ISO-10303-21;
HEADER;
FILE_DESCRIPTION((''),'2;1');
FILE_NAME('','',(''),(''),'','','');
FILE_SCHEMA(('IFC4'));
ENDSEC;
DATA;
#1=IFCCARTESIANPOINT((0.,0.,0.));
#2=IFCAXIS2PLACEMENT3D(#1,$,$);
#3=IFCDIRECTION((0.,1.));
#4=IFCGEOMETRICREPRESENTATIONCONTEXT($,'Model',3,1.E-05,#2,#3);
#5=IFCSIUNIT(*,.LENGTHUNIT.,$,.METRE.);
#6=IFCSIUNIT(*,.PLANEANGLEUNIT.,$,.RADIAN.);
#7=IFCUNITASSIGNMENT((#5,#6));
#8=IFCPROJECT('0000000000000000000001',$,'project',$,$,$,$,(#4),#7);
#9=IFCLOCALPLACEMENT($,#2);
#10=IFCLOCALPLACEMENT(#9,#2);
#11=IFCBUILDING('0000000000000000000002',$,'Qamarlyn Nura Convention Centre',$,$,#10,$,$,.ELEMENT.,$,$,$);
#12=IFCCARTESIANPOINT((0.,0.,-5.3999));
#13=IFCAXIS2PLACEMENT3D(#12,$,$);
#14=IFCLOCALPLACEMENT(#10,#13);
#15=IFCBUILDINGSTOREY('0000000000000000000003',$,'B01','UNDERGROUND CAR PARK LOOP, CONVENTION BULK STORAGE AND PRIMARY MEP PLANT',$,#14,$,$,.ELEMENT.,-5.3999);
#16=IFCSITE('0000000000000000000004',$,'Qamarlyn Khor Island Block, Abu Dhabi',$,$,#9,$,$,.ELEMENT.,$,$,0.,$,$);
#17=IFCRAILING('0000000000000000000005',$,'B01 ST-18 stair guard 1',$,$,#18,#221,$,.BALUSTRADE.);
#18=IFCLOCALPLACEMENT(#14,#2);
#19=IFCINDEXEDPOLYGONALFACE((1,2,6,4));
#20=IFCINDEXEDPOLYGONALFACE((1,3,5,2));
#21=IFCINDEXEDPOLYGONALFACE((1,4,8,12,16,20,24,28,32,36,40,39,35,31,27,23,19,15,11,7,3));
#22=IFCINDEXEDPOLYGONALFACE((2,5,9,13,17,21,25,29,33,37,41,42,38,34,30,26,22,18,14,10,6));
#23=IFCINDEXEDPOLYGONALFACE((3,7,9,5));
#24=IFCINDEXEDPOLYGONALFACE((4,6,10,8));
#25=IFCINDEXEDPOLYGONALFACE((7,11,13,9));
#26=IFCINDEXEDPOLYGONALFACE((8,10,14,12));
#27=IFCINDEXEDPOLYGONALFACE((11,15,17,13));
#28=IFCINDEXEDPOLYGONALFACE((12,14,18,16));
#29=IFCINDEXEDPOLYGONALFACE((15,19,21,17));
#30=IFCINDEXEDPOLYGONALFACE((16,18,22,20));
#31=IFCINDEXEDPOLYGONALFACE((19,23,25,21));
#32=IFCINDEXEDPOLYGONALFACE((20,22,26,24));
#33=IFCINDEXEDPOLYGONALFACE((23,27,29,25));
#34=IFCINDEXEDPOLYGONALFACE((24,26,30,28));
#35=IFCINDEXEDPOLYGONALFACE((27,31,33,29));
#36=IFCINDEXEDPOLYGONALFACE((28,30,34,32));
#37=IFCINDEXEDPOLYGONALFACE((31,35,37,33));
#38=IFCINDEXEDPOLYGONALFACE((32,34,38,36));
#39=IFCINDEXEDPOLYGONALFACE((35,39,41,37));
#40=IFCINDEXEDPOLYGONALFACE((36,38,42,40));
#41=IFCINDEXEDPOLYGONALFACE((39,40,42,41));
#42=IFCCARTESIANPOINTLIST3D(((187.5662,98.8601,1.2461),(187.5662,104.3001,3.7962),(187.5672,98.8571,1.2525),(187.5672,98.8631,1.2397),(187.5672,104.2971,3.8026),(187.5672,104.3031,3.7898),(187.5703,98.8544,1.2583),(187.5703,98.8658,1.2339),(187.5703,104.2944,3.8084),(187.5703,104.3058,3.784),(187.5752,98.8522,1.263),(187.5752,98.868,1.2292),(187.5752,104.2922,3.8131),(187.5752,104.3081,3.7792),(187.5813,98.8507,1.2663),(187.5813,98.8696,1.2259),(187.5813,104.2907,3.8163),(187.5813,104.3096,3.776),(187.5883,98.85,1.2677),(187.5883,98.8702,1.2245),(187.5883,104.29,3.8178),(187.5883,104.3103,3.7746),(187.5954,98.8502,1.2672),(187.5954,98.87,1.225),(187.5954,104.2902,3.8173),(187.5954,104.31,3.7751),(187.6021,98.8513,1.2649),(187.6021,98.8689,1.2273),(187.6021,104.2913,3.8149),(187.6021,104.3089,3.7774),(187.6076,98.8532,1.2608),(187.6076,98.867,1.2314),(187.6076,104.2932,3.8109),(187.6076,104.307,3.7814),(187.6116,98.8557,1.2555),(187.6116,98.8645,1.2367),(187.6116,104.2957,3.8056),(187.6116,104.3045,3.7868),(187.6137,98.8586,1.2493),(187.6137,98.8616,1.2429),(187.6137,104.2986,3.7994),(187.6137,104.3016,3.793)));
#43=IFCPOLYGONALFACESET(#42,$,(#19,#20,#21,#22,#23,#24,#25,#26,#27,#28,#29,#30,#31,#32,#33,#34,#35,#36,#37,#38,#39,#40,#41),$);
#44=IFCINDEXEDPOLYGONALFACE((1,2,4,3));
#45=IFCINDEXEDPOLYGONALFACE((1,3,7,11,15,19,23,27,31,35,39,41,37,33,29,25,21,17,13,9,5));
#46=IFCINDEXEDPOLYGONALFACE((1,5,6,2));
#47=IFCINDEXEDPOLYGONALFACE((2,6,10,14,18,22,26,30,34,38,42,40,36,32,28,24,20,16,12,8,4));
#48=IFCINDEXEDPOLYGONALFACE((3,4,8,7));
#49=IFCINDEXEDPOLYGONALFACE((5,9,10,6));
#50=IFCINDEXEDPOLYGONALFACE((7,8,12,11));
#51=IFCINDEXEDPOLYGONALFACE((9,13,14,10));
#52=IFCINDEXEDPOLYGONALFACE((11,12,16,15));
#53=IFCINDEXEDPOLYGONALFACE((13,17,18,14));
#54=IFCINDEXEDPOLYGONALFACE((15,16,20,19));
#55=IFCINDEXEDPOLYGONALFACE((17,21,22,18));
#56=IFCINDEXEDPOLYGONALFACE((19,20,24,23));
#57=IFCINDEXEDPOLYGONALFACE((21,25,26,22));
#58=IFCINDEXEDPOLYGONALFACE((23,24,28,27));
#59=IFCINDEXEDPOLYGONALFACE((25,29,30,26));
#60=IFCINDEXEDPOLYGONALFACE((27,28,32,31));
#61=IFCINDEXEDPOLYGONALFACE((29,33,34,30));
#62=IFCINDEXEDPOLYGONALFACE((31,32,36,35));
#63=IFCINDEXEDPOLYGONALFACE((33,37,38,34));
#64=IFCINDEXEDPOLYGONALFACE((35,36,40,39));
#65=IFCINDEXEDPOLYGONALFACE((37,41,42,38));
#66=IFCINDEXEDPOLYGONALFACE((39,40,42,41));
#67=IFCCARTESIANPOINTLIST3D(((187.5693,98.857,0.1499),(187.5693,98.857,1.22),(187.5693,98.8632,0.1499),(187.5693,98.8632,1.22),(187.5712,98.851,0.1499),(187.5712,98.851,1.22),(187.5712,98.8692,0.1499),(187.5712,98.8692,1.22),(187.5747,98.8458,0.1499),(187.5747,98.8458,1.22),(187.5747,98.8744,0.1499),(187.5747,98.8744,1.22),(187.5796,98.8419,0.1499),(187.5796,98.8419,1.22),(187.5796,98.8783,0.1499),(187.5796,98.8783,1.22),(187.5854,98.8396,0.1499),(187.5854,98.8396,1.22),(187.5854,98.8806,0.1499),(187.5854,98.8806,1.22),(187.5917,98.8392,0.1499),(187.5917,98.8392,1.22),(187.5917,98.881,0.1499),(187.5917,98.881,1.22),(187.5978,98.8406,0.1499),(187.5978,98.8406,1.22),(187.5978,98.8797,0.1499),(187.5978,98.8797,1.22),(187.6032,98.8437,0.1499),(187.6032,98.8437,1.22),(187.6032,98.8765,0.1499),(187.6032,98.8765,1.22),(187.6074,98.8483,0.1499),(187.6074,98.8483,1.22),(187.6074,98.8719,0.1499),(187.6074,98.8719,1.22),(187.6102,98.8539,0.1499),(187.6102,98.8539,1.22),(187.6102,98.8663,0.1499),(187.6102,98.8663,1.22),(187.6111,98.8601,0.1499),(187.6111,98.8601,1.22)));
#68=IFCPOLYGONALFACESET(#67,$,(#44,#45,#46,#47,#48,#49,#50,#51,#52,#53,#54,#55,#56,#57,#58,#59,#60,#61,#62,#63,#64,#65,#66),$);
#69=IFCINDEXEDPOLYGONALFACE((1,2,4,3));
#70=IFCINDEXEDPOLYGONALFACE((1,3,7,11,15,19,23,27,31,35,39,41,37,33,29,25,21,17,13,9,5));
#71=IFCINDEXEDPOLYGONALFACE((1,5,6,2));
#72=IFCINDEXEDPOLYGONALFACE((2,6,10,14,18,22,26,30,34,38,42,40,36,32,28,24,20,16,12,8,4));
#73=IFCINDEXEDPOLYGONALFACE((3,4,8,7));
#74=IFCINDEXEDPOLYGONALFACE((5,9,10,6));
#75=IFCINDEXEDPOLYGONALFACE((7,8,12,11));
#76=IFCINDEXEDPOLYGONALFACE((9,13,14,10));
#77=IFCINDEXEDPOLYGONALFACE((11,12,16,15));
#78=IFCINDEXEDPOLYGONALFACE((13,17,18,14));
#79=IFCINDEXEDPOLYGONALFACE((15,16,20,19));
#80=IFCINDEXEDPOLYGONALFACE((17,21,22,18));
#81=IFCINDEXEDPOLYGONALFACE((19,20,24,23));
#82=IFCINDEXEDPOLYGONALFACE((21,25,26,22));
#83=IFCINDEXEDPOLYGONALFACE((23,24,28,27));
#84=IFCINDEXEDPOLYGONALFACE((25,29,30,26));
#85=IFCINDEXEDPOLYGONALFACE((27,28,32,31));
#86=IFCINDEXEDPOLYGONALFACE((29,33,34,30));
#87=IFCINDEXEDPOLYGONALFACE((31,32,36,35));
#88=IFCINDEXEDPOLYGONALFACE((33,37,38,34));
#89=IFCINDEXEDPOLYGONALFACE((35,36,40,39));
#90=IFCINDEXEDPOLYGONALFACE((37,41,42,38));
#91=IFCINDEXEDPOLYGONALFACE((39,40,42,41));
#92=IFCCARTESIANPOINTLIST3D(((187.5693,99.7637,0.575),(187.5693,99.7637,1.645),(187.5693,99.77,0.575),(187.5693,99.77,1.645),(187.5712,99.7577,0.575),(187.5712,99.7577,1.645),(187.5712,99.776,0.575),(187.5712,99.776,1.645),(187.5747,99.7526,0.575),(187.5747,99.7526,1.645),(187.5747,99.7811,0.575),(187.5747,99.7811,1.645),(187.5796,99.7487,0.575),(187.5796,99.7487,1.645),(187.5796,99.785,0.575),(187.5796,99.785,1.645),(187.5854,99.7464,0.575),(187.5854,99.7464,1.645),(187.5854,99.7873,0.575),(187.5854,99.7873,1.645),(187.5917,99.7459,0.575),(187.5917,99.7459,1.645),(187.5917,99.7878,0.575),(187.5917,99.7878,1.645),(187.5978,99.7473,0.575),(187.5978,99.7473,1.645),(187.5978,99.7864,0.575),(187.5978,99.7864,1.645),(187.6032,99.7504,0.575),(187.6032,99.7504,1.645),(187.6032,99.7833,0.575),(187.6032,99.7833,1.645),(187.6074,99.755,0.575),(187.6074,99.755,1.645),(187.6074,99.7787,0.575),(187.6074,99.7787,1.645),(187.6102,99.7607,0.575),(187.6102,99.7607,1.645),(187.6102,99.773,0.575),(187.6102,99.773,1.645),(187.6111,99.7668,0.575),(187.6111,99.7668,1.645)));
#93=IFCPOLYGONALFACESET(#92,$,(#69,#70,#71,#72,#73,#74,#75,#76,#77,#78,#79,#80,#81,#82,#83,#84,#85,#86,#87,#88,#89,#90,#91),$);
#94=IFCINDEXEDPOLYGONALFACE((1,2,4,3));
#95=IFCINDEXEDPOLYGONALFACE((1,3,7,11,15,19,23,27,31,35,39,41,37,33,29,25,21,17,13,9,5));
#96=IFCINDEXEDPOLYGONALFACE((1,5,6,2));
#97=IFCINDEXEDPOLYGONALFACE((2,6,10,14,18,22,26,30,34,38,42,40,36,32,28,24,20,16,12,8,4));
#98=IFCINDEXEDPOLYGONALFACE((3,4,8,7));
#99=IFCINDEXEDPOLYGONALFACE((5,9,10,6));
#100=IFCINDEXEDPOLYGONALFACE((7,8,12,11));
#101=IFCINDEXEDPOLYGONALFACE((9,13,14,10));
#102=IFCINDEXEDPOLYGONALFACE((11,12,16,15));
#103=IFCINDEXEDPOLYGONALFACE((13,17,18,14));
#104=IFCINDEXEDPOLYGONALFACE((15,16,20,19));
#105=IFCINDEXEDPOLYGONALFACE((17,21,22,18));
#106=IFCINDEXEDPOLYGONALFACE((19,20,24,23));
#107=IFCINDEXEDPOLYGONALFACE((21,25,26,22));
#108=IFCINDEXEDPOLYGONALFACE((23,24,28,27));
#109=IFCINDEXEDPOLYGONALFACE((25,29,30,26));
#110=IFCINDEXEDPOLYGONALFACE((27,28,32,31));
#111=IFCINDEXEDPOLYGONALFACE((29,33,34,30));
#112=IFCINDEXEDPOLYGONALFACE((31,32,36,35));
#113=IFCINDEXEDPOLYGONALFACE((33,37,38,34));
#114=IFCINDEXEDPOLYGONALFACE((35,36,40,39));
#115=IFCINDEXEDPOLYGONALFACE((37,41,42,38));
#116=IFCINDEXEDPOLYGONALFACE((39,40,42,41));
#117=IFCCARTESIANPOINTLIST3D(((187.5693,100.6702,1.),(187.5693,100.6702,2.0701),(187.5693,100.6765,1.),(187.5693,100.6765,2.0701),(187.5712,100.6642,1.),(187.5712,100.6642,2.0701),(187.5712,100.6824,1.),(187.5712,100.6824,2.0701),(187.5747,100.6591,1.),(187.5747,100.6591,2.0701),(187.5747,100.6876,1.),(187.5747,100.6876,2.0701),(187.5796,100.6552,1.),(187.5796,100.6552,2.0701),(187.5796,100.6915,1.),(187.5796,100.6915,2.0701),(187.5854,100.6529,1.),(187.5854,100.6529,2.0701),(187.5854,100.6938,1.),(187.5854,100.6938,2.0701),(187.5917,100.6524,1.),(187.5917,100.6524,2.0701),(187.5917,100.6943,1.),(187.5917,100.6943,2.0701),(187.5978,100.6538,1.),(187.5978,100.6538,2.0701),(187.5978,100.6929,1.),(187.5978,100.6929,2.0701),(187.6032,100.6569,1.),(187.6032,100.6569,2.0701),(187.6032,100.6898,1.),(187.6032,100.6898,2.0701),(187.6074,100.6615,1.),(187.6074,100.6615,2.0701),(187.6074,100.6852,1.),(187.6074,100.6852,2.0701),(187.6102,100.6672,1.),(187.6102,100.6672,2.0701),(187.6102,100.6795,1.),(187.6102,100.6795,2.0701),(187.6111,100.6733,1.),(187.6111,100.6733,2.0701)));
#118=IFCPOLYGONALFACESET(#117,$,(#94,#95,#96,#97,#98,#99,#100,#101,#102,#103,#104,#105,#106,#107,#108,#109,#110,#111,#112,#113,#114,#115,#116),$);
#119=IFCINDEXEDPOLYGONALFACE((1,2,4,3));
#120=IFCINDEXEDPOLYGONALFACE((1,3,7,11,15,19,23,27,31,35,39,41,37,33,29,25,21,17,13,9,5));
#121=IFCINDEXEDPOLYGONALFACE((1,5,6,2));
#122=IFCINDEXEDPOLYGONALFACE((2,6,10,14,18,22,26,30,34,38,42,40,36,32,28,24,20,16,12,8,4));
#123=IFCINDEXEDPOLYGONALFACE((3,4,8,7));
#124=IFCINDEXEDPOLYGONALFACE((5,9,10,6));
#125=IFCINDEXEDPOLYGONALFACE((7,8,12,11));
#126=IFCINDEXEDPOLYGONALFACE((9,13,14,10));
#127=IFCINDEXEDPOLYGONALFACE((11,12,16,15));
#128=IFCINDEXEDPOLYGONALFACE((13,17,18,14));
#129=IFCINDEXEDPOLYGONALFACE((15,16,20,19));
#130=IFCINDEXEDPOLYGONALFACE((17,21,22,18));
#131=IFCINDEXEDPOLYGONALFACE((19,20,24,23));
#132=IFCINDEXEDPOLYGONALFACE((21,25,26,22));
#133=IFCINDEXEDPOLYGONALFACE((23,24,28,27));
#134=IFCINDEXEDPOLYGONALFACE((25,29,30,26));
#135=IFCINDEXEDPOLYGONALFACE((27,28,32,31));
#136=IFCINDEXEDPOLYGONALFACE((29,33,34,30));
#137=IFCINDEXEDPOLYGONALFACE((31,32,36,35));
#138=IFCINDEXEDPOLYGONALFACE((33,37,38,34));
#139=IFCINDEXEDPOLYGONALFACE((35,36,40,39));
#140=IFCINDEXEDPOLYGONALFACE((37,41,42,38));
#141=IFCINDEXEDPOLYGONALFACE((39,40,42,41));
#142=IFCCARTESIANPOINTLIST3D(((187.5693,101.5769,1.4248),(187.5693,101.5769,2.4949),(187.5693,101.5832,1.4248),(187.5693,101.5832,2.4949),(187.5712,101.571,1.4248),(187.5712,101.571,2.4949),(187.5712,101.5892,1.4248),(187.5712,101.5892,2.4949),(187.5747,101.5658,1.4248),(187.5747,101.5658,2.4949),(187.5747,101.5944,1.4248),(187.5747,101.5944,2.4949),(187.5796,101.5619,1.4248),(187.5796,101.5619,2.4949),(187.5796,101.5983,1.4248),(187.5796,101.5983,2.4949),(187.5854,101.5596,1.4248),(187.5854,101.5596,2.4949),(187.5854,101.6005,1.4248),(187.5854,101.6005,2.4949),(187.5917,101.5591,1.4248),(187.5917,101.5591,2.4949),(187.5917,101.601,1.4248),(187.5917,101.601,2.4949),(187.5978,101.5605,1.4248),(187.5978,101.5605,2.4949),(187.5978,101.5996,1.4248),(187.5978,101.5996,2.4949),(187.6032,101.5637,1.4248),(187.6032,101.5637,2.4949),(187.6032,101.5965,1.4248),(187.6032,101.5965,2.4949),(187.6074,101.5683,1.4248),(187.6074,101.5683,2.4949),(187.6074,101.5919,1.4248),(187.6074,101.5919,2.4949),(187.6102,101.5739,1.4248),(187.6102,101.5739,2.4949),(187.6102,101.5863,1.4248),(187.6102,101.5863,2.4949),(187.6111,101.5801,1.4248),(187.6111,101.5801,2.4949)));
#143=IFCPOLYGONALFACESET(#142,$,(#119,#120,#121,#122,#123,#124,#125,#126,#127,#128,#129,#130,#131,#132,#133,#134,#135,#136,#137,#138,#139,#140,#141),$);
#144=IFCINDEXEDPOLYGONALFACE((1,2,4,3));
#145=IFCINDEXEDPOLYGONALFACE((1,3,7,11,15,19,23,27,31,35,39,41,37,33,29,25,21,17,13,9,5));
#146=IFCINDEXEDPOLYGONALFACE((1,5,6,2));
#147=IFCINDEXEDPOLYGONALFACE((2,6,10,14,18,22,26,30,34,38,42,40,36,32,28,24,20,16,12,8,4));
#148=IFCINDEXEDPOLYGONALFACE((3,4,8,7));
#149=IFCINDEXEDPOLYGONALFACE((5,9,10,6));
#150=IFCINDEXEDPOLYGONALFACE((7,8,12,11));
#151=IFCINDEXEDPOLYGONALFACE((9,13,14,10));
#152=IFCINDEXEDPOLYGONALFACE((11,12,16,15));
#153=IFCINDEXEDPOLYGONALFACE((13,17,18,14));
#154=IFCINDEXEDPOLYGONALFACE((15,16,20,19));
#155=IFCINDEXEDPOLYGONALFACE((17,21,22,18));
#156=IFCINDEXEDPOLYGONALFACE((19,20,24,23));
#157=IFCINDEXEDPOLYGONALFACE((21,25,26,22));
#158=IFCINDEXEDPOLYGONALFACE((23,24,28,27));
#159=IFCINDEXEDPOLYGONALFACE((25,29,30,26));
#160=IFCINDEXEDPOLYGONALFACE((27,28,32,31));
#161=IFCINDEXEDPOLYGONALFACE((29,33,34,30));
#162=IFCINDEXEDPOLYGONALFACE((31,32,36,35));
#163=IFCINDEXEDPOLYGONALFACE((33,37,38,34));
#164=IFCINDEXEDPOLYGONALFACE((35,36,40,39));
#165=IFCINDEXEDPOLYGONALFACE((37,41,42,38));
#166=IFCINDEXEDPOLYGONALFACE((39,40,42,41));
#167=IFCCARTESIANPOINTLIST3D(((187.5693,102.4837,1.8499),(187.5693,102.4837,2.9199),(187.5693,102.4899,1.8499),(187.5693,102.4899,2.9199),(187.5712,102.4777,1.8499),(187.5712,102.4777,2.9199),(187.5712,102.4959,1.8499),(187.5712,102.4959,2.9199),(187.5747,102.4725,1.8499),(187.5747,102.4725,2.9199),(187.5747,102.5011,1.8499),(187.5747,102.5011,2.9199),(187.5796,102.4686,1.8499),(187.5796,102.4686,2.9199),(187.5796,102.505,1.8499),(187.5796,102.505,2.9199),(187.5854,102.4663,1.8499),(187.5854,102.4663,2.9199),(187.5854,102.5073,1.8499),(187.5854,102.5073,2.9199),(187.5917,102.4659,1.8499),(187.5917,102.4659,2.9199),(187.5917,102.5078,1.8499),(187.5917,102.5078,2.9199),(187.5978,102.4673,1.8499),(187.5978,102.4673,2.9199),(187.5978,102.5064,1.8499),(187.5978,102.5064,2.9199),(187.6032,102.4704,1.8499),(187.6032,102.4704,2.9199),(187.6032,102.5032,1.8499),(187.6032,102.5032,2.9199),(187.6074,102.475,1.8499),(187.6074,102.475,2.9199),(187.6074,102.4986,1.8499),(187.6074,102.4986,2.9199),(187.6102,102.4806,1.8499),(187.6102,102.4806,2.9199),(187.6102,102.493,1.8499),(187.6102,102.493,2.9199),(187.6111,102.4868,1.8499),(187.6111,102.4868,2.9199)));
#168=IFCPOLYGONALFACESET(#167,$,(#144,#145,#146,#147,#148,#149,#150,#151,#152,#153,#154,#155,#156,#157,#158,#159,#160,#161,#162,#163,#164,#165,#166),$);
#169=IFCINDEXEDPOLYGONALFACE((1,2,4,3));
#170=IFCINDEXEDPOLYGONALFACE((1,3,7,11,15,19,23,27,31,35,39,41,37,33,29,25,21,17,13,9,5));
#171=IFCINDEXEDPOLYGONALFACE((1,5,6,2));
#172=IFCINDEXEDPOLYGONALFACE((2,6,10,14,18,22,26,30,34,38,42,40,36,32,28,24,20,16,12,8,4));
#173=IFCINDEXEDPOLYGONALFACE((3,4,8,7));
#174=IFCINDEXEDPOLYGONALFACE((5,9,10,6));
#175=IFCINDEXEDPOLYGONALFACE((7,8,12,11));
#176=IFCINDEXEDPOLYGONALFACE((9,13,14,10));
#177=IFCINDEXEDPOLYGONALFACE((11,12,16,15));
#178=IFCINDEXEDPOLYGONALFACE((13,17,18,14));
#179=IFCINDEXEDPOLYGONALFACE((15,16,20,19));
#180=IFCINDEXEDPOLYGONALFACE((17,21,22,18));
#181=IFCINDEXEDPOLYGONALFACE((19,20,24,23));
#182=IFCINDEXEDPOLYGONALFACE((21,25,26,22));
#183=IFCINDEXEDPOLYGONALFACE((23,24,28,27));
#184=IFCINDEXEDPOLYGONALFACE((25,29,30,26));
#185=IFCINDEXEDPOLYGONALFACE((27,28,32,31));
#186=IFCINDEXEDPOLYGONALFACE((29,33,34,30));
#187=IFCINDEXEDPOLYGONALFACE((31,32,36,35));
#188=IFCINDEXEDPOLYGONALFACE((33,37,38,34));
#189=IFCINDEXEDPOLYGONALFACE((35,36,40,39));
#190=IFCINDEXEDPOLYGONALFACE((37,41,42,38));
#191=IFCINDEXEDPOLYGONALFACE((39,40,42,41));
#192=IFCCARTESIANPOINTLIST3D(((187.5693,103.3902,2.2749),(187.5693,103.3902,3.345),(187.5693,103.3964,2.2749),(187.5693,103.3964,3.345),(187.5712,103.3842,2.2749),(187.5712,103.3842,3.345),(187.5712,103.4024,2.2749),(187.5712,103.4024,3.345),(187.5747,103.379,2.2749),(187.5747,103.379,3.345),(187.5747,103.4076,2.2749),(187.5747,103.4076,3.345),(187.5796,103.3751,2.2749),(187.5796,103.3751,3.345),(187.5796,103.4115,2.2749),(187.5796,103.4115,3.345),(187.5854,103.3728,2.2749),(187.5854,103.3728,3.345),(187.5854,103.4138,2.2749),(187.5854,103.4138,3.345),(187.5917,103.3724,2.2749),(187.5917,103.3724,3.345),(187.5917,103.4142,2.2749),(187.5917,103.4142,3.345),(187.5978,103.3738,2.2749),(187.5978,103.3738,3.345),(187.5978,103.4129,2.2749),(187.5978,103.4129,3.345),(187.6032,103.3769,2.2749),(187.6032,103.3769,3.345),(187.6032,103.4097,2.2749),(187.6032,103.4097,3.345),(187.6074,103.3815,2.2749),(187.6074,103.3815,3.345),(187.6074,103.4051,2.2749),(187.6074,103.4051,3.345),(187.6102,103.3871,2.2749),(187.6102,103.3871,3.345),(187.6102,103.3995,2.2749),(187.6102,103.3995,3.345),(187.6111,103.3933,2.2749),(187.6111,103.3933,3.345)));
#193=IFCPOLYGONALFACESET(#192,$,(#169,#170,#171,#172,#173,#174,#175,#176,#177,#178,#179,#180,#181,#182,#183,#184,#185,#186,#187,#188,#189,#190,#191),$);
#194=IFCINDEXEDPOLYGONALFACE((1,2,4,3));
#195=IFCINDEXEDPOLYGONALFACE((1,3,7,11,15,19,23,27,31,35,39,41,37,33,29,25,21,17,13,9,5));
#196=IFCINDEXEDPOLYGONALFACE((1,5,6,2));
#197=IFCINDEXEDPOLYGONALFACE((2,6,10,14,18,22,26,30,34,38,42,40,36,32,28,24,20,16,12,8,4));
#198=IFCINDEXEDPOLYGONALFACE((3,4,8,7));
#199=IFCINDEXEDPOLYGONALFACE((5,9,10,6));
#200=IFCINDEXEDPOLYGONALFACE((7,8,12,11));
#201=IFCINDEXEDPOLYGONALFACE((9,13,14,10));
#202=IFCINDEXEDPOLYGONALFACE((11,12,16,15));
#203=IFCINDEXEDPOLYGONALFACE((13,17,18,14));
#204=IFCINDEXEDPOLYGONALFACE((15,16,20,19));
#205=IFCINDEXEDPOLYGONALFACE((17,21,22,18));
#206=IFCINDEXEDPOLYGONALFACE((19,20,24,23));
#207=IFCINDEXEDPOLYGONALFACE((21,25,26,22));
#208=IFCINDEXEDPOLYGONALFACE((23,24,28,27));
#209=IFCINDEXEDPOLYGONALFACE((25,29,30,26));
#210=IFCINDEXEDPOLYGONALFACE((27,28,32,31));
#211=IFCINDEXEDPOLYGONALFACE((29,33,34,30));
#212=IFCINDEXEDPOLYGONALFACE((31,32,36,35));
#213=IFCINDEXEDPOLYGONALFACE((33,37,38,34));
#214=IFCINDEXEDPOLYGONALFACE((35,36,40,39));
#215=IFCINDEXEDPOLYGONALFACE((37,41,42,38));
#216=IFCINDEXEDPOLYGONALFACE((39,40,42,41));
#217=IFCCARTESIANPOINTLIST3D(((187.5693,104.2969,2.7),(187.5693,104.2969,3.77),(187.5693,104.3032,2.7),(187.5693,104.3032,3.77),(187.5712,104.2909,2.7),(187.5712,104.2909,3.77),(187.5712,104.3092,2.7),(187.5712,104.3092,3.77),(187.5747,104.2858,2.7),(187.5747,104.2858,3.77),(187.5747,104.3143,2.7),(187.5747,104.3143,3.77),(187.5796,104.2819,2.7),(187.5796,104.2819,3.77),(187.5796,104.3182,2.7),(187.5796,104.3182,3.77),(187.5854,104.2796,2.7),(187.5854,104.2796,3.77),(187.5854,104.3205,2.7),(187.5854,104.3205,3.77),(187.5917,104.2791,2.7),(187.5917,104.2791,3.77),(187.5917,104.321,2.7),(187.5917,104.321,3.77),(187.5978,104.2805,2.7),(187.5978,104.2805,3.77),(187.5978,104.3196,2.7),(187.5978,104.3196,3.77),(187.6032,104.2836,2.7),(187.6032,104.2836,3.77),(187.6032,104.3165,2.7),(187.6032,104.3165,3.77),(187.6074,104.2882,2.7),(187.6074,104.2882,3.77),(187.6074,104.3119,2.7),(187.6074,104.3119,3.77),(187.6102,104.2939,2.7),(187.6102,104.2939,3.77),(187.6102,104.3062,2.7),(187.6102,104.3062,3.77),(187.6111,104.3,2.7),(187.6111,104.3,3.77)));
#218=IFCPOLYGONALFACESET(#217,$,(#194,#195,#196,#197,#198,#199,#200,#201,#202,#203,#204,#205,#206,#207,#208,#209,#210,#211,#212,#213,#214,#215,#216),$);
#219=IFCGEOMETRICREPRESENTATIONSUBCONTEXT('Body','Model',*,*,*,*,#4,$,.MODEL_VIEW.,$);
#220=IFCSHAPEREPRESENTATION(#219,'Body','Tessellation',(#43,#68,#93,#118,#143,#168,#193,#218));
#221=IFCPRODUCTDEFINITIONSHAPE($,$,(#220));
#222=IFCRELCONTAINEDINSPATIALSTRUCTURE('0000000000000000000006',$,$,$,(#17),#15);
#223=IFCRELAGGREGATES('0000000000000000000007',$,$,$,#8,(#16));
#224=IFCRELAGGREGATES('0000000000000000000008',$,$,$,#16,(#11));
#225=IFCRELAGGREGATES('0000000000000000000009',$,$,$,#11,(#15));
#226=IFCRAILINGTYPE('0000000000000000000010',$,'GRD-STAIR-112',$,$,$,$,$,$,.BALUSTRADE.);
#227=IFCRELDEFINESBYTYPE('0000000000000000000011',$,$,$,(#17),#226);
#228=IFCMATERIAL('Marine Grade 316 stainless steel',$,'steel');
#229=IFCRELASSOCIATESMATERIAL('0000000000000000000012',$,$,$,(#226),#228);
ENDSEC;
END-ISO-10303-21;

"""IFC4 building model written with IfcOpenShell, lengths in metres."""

from ifc_helpers import new_model, si_unit, direction, frame, origin, origin_2d, place, context, subcontext, project, spatial, circle, extrude, material, type_object, element, save


model = new_model("IFC4")

# Units and contexts
model_context = context("Model", 3, precision=1e-05, world=origin(), true_north=direction((0.0, 1.0)))
body_context = subcontext(model_context, "Body", "Model", "MODEL_VIEW")
ifc_project = project(units=[si_unit("LENGTHUNIT", "METRE"), si_unit("PLANEANGLEUNIT", "RADIAN")], contexts=[model_context])

# Site, building, storey
site_placement = place(None, origin())
site = spatial("IfcSite", under=ifc_project, at=site_placement, Name="Qamarlyn Khor Island Block, Abu Dhabi", CompositionType="ELEMENT", RefElevation=0.0)
building_placement = place(site_placement, origin())
building = spatial("IfcBuilding", under=site, at=building_placement, Name="Qamarlyn Nura Convention Centre", CompositionType="ELEMENT")
storey_placement = place(building_placement, frame((0.0, 0.0, -5.3999)))
storey = spatial("IfcBuildingStorey", under=building, at=storey_placement, Name="B01", Description="UNDERGROUND CAR PARK LOOP, CONVENTION BULK STORAGE AND PRIMARY MEP PLANT", CompositionType="ELEMENT", Elevation=-5.3999)

# Railing
ifc_material_1 = material(Name="Marine Grade 316 stainless steel", Category="steel")
railing_type_1 = type_object("IfcRailingType", Name="GRD-STAIR-112", PredefinedType="BALUSTRADE", material=ifc_material_1)
railing_1_placement = place(storey_placement, frame((187.5901, 98.8601, 0.1499)))
element("IfcRailing", 1, at=railing_1_placement, inside=storey, type_object=railing_type_1, Name="B01 ST-18 stair guard 1", PredefinedType="BALUSTRADE", context=body_context, shape_type="SweptSolid", body=[
    extrude(circle(Radius=0.0239, at=origin_2d()), frame((0.0, 0.0, 1.0962), z_axis=(0.0, 0.905454, 0.424444), x_axis=(-1.0, 0.0, 0.0)), (0.0, 0.0, 1.0), 6.0081),
    extrude(circle(Radius=0.021, at=origin_2d()), origin(), (0.0, 0.0, 1.0), 1.0701),
    extrude(circle(Radius=0.021, at=origin_2d()), frame((0.0, 0.9067, 0.425)), (0.0, 0.0, 1.0), 1.0701),
    extrude(circle(Radius=0.021, at=origin_2d()), frame((0.0, 1.8132, 0.8501)), (0.0, 0.0, 1.0), 1.0701),
    extrude(circle(Radius=0.021, at=origin_2d()), frame((0.0, 2.72, 1.2749)), (0.0, 0.0, 1.0), 1.0701),
    extrude(circle(Radius=0.021, at=origin_2d()), frame((0.0, 3.6267, 1.7)), (0.0, 0.0, 1.0), 1.0701),
    extrude(circle(Radius=0.021, at=origin_2d()), frame((0.0, 4.5332, 2.125)), (0.0, 0.0, 1.0), 1.0701),
    extrude(circle(Radius=0.021, at=origin_2d()), frame((0.0, 5.4399, 2.55)), (0.0, 0.0, 1.0), 1.0701),
])

save(model, "model.ifc")
